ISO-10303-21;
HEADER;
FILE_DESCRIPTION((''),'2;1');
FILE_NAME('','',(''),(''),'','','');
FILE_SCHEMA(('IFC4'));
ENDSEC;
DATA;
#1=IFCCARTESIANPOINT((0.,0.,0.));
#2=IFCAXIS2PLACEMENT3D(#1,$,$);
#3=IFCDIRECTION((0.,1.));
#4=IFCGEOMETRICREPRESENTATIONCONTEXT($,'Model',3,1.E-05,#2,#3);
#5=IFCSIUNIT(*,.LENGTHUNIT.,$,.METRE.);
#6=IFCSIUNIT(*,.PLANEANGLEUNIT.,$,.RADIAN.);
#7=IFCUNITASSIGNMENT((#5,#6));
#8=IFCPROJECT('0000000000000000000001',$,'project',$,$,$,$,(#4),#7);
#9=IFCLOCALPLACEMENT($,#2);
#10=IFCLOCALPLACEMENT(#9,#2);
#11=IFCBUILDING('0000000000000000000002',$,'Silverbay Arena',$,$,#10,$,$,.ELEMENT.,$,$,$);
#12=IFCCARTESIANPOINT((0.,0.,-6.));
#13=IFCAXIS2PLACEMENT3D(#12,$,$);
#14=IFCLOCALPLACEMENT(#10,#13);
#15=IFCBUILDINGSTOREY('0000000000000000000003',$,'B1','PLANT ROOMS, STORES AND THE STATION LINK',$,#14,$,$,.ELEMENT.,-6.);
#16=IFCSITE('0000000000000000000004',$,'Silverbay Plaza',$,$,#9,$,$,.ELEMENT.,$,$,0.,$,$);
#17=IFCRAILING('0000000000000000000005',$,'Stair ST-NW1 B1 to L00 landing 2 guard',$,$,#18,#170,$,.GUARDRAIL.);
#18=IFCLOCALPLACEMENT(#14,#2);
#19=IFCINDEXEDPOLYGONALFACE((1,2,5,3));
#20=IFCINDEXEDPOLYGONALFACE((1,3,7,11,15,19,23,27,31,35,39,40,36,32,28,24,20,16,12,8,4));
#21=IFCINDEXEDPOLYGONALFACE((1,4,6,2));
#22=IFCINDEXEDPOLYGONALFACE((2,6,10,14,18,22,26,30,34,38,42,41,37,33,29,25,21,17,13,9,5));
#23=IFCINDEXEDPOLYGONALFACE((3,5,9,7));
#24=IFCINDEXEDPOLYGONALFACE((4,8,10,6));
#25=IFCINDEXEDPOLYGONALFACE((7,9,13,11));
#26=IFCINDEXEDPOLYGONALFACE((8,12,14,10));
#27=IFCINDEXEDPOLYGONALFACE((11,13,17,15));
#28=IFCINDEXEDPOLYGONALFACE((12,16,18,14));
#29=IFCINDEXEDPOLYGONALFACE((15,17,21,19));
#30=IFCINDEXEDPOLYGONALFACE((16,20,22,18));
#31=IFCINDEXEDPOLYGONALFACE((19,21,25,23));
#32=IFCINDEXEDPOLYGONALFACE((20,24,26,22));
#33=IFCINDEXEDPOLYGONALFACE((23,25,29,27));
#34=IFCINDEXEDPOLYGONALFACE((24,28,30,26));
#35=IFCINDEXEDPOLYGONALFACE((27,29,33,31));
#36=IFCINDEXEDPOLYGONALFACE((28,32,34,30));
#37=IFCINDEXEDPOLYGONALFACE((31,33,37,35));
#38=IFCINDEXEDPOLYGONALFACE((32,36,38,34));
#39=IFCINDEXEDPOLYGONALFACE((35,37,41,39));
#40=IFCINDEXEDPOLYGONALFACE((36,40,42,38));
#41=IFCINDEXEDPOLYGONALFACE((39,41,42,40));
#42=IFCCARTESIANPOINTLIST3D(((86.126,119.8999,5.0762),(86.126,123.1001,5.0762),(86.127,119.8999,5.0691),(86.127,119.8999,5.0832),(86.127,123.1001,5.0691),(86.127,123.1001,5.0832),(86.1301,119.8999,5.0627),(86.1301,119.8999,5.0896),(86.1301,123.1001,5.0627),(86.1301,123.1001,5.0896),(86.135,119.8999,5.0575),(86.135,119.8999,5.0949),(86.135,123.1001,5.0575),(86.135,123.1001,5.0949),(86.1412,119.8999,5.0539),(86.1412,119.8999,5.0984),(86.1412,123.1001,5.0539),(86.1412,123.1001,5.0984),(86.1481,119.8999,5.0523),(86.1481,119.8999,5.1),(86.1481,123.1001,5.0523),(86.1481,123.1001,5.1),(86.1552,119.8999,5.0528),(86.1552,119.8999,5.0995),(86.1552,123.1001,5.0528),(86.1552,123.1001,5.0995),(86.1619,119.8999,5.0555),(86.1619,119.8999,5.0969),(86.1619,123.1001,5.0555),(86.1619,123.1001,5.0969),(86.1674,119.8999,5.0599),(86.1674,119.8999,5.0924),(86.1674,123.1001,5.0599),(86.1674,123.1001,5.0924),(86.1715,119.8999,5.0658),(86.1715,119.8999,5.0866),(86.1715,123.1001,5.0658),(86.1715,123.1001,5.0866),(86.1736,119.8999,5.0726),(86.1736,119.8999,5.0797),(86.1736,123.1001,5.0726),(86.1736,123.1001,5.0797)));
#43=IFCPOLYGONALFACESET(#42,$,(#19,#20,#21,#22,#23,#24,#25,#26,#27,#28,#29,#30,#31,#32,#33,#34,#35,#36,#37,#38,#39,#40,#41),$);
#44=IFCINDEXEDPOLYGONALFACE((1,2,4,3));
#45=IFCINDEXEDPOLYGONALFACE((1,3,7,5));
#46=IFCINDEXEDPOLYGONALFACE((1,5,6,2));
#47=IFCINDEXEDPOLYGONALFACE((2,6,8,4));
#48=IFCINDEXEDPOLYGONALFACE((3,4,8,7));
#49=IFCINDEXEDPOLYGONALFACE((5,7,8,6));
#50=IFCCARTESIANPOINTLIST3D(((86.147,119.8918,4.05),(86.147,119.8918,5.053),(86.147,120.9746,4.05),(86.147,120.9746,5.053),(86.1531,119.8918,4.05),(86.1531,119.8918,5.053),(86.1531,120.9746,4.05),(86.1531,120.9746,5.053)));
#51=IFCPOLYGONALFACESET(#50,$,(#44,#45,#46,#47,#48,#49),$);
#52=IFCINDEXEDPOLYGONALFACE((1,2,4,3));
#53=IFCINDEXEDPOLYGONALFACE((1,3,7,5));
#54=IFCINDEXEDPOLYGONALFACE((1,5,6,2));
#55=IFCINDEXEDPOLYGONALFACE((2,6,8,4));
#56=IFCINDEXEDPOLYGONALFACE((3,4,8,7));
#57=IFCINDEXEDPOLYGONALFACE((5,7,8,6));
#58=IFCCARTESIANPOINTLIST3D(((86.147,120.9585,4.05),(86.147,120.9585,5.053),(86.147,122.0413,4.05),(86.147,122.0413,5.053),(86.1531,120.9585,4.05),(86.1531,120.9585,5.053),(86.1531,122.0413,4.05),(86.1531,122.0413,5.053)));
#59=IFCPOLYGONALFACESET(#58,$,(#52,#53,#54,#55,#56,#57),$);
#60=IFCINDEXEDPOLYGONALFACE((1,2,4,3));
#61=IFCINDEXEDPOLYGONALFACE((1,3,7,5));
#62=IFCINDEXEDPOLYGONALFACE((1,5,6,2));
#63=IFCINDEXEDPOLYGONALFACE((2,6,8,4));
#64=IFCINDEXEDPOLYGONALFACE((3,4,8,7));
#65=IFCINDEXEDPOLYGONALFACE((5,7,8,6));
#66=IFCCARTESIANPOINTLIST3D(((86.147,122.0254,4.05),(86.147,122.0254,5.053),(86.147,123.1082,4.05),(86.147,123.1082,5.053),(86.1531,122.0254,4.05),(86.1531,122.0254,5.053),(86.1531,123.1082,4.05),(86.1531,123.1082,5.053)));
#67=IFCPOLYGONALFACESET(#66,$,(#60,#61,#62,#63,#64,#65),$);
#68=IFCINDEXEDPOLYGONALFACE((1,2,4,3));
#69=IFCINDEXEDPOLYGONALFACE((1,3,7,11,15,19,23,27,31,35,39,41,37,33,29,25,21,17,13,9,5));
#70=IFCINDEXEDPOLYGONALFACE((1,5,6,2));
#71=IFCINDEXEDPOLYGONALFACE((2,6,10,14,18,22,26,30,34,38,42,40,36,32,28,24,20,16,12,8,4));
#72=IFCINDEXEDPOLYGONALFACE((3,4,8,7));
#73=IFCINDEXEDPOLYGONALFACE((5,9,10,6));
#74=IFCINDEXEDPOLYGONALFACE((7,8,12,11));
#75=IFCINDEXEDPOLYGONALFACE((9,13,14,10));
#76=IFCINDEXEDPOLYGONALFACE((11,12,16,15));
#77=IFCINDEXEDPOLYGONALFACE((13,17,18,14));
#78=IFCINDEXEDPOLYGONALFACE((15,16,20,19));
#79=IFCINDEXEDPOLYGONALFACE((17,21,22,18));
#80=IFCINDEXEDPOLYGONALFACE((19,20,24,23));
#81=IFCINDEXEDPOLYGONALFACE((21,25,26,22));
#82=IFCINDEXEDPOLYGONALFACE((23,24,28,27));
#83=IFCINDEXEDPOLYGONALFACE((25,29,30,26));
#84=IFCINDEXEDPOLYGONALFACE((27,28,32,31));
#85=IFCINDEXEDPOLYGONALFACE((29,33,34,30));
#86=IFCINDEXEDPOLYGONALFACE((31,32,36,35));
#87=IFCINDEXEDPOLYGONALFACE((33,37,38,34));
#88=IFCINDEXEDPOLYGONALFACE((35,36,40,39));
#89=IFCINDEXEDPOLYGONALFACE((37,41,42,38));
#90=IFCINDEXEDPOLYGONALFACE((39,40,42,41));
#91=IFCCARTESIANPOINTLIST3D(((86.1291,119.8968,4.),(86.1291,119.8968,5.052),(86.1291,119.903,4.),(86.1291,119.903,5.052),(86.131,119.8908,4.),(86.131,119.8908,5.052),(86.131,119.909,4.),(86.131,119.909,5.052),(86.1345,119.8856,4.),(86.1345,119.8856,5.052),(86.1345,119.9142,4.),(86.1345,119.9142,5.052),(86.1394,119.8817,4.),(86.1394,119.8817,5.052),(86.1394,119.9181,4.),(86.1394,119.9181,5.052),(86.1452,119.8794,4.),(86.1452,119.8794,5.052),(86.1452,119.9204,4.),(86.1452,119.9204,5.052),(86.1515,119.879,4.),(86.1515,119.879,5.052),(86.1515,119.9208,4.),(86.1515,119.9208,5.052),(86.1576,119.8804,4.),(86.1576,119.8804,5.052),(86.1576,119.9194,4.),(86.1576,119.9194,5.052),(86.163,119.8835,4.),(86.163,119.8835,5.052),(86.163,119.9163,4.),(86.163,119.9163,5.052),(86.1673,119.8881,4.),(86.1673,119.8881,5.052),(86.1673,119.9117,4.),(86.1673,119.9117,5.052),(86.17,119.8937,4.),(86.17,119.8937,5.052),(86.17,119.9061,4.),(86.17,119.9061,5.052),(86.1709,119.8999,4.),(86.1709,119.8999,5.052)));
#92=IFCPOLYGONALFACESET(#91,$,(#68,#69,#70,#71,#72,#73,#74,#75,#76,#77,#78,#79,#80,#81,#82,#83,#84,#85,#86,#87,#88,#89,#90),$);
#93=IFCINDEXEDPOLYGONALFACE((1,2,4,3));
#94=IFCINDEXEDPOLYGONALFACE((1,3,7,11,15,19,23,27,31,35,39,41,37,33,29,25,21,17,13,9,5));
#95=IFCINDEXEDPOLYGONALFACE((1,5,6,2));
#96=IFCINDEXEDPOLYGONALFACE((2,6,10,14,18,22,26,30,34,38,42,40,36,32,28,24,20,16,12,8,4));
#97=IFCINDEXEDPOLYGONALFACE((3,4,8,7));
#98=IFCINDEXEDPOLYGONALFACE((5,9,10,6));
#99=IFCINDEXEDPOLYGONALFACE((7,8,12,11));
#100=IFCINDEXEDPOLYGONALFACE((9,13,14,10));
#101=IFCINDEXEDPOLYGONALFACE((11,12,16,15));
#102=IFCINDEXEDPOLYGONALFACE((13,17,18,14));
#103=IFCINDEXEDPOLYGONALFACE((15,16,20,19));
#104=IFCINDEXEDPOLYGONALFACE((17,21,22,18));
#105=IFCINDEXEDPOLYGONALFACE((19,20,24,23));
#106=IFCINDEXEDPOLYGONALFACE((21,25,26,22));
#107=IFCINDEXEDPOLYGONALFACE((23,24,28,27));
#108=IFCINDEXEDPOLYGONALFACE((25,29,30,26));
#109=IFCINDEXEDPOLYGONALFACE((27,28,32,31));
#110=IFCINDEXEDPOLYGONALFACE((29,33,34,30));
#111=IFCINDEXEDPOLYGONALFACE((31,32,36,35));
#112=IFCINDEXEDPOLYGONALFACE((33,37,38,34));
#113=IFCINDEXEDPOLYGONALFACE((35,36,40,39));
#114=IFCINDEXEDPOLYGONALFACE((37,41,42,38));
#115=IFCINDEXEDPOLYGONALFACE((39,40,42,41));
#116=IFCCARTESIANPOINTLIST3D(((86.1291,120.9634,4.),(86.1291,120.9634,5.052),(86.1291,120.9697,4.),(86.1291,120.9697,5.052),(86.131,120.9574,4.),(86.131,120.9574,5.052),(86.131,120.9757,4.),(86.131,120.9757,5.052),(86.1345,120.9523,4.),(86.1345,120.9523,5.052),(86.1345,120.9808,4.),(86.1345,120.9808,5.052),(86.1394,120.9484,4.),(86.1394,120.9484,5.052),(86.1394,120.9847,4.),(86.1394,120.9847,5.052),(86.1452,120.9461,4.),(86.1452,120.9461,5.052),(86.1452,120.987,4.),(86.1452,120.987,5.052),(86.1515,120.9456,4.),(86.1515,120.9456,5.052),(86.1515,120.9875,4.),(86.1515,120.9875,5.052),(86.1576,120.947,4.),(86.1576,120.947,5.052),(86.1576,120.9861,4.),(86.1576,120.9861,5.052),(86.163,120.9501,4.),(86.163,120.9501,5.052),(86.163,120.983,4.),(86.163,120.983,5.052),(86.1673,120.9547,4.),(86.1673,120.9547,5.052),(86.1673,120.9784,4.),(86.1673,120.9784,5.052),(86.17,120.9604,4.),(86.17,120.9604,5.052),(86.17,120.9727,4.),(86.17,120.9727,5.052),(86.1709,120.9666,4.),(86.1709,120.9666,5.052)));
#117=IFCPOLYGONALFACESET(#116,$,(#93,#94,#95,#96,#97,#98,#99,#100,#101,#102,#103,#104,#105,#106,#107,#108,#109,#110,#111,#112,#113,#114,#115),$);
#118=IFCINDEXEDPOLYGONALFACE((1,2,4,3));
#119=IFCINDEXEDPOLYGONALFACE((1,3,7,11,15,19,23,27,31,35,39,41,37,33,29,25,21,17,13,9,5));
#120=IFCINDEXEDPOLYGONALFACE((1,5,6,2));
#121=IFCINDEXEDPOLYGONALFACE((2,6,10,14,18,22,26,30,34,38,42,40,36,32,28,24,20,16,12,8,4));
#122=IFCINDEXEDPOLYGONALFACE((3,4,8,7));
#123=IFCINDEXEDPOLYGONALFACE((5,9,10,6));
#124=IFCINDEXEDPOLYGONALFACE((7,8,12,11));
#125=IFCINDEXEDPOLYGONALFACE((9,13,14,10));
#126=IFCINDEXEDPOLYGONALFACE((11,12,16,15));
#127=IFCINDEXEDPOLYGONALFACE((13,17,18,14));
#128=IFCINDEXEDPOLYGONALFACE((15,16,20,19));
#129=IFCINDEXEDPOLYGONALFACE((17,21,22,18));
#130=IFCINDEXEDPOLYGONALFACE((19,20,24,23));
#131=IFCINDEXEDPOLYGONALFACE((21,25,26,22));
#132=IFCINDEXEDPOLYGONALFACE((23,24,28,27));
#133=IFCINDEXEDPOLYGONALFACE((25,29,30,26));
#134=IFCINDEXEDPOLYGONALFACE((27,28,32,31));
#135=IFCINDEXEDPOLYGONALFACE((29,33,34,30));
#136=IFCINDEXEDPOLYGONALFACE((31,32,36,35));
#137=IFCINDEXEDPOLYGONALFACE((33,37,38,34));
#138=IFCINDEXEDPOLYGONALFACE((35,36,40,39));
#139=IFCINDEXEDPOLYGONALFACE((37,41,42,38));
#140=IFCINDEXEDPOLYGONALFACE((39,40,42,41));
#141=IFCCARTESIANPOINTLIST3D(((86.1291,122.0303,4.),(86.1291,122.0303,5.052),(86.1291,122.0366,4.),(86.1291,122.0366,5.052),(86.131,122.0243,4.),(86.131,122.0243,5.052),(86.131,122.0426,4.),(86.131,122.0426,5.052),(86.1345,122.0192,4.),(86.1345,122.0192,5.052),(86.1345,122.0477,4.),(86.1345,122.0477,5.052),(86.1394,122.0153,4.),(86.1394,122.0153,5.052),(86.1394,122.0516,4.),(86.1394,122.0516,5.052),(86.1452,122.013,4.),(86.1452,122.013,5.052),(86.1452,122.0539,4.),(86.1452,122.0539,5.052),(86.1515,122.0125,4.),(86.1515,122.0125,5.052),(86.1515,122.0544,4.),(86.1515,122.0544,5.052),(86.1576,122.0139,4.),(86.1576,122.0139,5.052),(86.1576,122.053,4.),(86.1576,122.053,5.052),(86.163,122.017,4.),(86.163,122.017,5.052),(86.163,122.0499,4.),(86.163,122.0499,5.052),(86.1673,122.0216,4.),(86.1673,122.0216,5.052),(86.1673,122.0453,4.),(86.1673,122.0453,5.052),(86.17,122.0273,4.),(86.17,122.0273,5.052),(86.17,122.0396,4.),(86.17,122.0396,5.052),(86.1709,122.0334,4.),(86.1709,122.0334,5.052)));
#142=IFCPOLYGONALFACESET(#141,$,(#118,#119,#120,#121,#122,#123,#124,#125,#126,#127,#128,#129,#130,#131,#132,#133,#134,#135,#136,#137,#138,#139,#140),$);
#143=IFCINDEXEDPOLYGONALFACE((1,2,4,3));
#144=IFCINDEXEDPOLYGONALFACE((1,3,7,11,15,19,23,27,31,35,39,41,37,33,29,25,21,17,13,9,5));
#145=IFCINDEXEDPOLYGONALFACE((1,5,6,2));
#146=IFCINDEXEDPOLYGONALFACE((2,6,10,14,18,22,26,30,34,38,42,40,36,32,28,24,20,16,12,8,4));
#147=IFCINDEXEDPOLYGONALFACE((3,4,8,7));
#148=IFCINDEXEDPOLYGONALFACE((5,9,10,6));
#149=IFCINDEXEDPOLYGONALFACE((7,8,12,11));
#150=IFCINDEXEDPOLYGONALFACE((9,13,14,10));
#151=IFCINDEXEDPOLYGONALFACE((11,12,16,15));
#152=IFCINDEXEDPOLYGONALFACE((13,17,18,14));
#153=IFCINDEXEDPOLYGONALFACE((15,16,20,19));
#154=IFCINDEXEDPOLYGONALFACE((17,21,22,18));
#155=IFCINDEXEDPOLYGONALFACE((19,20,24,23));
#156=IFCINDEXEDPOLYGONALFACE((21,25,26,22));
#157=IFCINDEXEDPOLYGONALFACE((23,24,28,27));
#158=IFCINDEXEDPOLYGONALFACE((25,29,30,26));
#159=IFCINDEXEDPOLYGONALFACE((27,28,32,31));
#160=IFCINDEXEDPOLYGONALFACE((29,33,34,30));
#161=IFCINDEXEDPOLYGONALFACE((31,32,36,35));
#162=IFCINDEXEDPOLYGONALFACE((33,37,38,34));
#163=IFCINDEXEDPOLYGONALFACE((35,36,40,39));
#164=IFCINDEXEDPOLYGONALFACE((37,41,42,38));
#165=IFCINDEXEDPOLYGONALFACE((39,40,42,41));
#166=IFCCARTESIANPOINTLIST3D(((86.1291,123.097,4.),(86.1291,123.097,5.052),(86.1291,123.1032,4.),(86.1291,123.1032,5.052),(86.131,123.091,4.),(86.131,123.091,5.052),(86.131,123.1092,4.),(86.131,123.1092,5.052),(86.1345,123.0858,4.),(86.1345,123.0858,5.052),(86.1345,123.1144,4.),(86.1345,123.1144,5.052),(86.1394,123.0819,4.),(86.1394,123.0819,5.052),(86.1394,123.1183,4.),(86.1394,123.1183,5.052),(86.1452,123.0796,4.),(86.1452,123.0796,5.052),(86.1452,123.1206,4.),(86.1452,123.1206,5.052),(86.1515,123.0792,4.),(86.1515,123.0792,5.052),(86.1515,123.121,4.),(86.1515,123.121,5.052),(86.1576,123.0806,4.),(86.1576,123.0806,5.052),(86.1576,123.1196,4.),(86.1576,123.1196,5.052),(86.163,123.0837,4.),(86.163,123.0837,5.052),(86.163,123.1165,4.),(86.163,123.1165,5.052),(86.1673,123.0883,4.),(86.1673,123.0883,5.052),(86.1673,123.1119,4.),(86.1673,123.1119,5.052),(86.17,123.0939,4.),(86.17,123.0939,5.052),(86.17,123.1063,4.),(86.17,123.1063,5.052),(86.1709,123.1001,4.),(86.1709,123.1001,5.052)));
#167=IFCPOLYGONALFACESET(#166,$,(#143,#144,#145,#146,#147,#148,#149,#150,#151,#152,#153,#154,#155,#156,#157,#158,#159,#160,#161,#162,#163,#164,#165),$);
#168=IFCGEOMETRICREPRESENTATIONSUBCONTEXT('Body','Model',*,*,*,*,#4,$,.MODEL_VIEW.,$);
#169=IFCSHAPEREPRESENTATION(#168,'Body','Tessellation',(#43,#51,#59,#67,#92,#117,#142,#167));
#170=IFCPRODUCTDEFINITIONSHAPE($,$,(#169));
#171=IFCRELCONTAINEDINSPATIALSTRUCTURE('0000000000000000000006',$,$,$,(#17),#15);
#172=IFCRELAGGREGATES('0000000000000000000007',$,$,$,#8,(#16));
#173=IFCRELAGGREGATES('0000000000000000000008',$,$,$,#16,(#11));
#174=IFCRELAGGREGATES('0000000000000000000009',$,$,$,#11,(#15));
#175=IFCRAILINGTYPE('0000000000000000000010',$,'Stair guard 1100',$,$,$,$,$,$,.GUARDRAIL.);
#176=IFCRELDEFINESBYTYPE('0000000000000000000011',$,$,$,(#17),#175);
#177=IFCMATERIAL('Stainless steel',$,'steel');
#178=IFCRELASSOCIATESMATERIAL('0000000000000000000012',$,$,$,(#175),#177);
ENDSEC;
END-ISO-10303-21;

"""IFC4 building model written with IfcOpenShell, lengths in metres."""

from ifc_helpers import new_model, si_unit, direction, frame, origin, origin_2d, place, context, subcontext, project, spatial, polyline, circle, outline, extrude, material, type_object, element, save


model = new_model("IFC4")

# Units and contexts
model_context = context("Model", 3, precision=1e-05, world=origin(), true_north=direction((0.0, 1.0)))
body_context = subcontext(model_context, "Body", "Model", "MODEL_VIEW")
ifc_project = project(units=[si_unit("LENGTHUNIT", "METRE"), si_unit("PLANEANGLEUNIT", "RADIAN")], contexts=[model_context])

# Site, building, storey
site_placement = place(None, origin())
site = spatial("IfcSite", under=ifc_project, at=site_placement, Name="Silverbay Plaza", CompositionType="ELEMENT", RefElevation=0.0)
building_placement = place(site_placement, origin())
building = spatial("IfcBuilding", under=site, at=building_placement, Name="Silverbay Arena", CompositionType="ELEMENT")
storey_placement = place(building_placement, frame((0.0, 0.0, -6.0)))
storey = spatial("IfcBuildingStorey", under=building, at=storey_placement, Name="B1", Description="PLANT ROOMS, STORES AND THE STATION LINK", CompositionType="ELEMENT", Elevation=-6.0)

# Railing
ifc_material_1 = material(Name="Stainless steel", Category="steel")
railing_type_1 = type_object("IfcRailingType", Name="Stair guard 1100", PredefinedType="GUARDRAIL", material=ifc_material_1)
for number, where, name in (
    (1, (86.1499, 119.8999, 4.0), "Stair ST-NW1 B1 to L00 landing 2 guard"),
):
    element("IfcRailing", number, at=place(storey_placement, frame(where)), inside=storey, type_object=railing_type_1, Name=name, PredefinedType="GUARDRAIL", context=body_context, shape_type="SweptSolid", body=[
        extrude(circle(Radius=0.0239, at=origin_2d()), frame((0.0, 0.0, 1.0762), z_axis=(0.0, 1.0, 0.0), x_axis=(-1.0, 0.0, 0.0)), (0.0, 0.0, 1.0), 3.2002),
        extrude(outline(polyline([(-0.0081, 0.05), (1.0747, 0.05), (1.0747, 1.053), (-0.0081, 1.053), (-0.0081, 0.05)])), frame((-0.0029, 0.0, 0.0), z_axis=(1.0, 0.0, 0.0), x_axis=(0.0, 1.0, 0.0)), (0.0, 0.0, 1.0), 0.0061),
        extrude(outline(polyline([(-0.0081, 0.05), (1.0747, 0.05), (1.0747, 1.053), (-0.0081, 1.053), (-0.0081, 0.05)])), frame((-0.0029, 1.0667, 0.0), z_axis=(1.0, 0.0, 0.0), x_axis=(0.0, 1.0, 0.0)), (0.0, 0.0, 1.0), 0.0061),
        extrude(outline(polyline([(-0.0081, 0.05), (1.0747, 0.05), (1.0747, 1.053), (-0.0081, 1.053), (-0.0081, 0.05)])), frame((-0.0029, 2.1335, 0.0), z_axis=(1.0, 0.0, 0.0), x_axis=(0.0, 1.0, 0.0)), (0.0, 0.0, 1.0), 0.0061),
        extrude(circle(Radius=0.021, at=origin_2d()), origin(), (0.0, 0.0, 1.0), 1.052),
        extrude(circle(Radius=0.021, at=origin_2d()), frame((0.0, 1.0667, 0.0)), (0.0, 0.0, 1.0), 1.052),
        extrude(circle(Radius=0.021, at=origin_2d()), frame((0.0, 2.1335, 0.0)), (0.0, 0.0, 1.0), 1.052),
        extrude(circle(Radius=0.021, at=origin_2d()), frame((0.0, 3.2002, 0.0)), (0.0, 0.0, 1.0), 1.052),
    ])

save(model, "model.ifc")
